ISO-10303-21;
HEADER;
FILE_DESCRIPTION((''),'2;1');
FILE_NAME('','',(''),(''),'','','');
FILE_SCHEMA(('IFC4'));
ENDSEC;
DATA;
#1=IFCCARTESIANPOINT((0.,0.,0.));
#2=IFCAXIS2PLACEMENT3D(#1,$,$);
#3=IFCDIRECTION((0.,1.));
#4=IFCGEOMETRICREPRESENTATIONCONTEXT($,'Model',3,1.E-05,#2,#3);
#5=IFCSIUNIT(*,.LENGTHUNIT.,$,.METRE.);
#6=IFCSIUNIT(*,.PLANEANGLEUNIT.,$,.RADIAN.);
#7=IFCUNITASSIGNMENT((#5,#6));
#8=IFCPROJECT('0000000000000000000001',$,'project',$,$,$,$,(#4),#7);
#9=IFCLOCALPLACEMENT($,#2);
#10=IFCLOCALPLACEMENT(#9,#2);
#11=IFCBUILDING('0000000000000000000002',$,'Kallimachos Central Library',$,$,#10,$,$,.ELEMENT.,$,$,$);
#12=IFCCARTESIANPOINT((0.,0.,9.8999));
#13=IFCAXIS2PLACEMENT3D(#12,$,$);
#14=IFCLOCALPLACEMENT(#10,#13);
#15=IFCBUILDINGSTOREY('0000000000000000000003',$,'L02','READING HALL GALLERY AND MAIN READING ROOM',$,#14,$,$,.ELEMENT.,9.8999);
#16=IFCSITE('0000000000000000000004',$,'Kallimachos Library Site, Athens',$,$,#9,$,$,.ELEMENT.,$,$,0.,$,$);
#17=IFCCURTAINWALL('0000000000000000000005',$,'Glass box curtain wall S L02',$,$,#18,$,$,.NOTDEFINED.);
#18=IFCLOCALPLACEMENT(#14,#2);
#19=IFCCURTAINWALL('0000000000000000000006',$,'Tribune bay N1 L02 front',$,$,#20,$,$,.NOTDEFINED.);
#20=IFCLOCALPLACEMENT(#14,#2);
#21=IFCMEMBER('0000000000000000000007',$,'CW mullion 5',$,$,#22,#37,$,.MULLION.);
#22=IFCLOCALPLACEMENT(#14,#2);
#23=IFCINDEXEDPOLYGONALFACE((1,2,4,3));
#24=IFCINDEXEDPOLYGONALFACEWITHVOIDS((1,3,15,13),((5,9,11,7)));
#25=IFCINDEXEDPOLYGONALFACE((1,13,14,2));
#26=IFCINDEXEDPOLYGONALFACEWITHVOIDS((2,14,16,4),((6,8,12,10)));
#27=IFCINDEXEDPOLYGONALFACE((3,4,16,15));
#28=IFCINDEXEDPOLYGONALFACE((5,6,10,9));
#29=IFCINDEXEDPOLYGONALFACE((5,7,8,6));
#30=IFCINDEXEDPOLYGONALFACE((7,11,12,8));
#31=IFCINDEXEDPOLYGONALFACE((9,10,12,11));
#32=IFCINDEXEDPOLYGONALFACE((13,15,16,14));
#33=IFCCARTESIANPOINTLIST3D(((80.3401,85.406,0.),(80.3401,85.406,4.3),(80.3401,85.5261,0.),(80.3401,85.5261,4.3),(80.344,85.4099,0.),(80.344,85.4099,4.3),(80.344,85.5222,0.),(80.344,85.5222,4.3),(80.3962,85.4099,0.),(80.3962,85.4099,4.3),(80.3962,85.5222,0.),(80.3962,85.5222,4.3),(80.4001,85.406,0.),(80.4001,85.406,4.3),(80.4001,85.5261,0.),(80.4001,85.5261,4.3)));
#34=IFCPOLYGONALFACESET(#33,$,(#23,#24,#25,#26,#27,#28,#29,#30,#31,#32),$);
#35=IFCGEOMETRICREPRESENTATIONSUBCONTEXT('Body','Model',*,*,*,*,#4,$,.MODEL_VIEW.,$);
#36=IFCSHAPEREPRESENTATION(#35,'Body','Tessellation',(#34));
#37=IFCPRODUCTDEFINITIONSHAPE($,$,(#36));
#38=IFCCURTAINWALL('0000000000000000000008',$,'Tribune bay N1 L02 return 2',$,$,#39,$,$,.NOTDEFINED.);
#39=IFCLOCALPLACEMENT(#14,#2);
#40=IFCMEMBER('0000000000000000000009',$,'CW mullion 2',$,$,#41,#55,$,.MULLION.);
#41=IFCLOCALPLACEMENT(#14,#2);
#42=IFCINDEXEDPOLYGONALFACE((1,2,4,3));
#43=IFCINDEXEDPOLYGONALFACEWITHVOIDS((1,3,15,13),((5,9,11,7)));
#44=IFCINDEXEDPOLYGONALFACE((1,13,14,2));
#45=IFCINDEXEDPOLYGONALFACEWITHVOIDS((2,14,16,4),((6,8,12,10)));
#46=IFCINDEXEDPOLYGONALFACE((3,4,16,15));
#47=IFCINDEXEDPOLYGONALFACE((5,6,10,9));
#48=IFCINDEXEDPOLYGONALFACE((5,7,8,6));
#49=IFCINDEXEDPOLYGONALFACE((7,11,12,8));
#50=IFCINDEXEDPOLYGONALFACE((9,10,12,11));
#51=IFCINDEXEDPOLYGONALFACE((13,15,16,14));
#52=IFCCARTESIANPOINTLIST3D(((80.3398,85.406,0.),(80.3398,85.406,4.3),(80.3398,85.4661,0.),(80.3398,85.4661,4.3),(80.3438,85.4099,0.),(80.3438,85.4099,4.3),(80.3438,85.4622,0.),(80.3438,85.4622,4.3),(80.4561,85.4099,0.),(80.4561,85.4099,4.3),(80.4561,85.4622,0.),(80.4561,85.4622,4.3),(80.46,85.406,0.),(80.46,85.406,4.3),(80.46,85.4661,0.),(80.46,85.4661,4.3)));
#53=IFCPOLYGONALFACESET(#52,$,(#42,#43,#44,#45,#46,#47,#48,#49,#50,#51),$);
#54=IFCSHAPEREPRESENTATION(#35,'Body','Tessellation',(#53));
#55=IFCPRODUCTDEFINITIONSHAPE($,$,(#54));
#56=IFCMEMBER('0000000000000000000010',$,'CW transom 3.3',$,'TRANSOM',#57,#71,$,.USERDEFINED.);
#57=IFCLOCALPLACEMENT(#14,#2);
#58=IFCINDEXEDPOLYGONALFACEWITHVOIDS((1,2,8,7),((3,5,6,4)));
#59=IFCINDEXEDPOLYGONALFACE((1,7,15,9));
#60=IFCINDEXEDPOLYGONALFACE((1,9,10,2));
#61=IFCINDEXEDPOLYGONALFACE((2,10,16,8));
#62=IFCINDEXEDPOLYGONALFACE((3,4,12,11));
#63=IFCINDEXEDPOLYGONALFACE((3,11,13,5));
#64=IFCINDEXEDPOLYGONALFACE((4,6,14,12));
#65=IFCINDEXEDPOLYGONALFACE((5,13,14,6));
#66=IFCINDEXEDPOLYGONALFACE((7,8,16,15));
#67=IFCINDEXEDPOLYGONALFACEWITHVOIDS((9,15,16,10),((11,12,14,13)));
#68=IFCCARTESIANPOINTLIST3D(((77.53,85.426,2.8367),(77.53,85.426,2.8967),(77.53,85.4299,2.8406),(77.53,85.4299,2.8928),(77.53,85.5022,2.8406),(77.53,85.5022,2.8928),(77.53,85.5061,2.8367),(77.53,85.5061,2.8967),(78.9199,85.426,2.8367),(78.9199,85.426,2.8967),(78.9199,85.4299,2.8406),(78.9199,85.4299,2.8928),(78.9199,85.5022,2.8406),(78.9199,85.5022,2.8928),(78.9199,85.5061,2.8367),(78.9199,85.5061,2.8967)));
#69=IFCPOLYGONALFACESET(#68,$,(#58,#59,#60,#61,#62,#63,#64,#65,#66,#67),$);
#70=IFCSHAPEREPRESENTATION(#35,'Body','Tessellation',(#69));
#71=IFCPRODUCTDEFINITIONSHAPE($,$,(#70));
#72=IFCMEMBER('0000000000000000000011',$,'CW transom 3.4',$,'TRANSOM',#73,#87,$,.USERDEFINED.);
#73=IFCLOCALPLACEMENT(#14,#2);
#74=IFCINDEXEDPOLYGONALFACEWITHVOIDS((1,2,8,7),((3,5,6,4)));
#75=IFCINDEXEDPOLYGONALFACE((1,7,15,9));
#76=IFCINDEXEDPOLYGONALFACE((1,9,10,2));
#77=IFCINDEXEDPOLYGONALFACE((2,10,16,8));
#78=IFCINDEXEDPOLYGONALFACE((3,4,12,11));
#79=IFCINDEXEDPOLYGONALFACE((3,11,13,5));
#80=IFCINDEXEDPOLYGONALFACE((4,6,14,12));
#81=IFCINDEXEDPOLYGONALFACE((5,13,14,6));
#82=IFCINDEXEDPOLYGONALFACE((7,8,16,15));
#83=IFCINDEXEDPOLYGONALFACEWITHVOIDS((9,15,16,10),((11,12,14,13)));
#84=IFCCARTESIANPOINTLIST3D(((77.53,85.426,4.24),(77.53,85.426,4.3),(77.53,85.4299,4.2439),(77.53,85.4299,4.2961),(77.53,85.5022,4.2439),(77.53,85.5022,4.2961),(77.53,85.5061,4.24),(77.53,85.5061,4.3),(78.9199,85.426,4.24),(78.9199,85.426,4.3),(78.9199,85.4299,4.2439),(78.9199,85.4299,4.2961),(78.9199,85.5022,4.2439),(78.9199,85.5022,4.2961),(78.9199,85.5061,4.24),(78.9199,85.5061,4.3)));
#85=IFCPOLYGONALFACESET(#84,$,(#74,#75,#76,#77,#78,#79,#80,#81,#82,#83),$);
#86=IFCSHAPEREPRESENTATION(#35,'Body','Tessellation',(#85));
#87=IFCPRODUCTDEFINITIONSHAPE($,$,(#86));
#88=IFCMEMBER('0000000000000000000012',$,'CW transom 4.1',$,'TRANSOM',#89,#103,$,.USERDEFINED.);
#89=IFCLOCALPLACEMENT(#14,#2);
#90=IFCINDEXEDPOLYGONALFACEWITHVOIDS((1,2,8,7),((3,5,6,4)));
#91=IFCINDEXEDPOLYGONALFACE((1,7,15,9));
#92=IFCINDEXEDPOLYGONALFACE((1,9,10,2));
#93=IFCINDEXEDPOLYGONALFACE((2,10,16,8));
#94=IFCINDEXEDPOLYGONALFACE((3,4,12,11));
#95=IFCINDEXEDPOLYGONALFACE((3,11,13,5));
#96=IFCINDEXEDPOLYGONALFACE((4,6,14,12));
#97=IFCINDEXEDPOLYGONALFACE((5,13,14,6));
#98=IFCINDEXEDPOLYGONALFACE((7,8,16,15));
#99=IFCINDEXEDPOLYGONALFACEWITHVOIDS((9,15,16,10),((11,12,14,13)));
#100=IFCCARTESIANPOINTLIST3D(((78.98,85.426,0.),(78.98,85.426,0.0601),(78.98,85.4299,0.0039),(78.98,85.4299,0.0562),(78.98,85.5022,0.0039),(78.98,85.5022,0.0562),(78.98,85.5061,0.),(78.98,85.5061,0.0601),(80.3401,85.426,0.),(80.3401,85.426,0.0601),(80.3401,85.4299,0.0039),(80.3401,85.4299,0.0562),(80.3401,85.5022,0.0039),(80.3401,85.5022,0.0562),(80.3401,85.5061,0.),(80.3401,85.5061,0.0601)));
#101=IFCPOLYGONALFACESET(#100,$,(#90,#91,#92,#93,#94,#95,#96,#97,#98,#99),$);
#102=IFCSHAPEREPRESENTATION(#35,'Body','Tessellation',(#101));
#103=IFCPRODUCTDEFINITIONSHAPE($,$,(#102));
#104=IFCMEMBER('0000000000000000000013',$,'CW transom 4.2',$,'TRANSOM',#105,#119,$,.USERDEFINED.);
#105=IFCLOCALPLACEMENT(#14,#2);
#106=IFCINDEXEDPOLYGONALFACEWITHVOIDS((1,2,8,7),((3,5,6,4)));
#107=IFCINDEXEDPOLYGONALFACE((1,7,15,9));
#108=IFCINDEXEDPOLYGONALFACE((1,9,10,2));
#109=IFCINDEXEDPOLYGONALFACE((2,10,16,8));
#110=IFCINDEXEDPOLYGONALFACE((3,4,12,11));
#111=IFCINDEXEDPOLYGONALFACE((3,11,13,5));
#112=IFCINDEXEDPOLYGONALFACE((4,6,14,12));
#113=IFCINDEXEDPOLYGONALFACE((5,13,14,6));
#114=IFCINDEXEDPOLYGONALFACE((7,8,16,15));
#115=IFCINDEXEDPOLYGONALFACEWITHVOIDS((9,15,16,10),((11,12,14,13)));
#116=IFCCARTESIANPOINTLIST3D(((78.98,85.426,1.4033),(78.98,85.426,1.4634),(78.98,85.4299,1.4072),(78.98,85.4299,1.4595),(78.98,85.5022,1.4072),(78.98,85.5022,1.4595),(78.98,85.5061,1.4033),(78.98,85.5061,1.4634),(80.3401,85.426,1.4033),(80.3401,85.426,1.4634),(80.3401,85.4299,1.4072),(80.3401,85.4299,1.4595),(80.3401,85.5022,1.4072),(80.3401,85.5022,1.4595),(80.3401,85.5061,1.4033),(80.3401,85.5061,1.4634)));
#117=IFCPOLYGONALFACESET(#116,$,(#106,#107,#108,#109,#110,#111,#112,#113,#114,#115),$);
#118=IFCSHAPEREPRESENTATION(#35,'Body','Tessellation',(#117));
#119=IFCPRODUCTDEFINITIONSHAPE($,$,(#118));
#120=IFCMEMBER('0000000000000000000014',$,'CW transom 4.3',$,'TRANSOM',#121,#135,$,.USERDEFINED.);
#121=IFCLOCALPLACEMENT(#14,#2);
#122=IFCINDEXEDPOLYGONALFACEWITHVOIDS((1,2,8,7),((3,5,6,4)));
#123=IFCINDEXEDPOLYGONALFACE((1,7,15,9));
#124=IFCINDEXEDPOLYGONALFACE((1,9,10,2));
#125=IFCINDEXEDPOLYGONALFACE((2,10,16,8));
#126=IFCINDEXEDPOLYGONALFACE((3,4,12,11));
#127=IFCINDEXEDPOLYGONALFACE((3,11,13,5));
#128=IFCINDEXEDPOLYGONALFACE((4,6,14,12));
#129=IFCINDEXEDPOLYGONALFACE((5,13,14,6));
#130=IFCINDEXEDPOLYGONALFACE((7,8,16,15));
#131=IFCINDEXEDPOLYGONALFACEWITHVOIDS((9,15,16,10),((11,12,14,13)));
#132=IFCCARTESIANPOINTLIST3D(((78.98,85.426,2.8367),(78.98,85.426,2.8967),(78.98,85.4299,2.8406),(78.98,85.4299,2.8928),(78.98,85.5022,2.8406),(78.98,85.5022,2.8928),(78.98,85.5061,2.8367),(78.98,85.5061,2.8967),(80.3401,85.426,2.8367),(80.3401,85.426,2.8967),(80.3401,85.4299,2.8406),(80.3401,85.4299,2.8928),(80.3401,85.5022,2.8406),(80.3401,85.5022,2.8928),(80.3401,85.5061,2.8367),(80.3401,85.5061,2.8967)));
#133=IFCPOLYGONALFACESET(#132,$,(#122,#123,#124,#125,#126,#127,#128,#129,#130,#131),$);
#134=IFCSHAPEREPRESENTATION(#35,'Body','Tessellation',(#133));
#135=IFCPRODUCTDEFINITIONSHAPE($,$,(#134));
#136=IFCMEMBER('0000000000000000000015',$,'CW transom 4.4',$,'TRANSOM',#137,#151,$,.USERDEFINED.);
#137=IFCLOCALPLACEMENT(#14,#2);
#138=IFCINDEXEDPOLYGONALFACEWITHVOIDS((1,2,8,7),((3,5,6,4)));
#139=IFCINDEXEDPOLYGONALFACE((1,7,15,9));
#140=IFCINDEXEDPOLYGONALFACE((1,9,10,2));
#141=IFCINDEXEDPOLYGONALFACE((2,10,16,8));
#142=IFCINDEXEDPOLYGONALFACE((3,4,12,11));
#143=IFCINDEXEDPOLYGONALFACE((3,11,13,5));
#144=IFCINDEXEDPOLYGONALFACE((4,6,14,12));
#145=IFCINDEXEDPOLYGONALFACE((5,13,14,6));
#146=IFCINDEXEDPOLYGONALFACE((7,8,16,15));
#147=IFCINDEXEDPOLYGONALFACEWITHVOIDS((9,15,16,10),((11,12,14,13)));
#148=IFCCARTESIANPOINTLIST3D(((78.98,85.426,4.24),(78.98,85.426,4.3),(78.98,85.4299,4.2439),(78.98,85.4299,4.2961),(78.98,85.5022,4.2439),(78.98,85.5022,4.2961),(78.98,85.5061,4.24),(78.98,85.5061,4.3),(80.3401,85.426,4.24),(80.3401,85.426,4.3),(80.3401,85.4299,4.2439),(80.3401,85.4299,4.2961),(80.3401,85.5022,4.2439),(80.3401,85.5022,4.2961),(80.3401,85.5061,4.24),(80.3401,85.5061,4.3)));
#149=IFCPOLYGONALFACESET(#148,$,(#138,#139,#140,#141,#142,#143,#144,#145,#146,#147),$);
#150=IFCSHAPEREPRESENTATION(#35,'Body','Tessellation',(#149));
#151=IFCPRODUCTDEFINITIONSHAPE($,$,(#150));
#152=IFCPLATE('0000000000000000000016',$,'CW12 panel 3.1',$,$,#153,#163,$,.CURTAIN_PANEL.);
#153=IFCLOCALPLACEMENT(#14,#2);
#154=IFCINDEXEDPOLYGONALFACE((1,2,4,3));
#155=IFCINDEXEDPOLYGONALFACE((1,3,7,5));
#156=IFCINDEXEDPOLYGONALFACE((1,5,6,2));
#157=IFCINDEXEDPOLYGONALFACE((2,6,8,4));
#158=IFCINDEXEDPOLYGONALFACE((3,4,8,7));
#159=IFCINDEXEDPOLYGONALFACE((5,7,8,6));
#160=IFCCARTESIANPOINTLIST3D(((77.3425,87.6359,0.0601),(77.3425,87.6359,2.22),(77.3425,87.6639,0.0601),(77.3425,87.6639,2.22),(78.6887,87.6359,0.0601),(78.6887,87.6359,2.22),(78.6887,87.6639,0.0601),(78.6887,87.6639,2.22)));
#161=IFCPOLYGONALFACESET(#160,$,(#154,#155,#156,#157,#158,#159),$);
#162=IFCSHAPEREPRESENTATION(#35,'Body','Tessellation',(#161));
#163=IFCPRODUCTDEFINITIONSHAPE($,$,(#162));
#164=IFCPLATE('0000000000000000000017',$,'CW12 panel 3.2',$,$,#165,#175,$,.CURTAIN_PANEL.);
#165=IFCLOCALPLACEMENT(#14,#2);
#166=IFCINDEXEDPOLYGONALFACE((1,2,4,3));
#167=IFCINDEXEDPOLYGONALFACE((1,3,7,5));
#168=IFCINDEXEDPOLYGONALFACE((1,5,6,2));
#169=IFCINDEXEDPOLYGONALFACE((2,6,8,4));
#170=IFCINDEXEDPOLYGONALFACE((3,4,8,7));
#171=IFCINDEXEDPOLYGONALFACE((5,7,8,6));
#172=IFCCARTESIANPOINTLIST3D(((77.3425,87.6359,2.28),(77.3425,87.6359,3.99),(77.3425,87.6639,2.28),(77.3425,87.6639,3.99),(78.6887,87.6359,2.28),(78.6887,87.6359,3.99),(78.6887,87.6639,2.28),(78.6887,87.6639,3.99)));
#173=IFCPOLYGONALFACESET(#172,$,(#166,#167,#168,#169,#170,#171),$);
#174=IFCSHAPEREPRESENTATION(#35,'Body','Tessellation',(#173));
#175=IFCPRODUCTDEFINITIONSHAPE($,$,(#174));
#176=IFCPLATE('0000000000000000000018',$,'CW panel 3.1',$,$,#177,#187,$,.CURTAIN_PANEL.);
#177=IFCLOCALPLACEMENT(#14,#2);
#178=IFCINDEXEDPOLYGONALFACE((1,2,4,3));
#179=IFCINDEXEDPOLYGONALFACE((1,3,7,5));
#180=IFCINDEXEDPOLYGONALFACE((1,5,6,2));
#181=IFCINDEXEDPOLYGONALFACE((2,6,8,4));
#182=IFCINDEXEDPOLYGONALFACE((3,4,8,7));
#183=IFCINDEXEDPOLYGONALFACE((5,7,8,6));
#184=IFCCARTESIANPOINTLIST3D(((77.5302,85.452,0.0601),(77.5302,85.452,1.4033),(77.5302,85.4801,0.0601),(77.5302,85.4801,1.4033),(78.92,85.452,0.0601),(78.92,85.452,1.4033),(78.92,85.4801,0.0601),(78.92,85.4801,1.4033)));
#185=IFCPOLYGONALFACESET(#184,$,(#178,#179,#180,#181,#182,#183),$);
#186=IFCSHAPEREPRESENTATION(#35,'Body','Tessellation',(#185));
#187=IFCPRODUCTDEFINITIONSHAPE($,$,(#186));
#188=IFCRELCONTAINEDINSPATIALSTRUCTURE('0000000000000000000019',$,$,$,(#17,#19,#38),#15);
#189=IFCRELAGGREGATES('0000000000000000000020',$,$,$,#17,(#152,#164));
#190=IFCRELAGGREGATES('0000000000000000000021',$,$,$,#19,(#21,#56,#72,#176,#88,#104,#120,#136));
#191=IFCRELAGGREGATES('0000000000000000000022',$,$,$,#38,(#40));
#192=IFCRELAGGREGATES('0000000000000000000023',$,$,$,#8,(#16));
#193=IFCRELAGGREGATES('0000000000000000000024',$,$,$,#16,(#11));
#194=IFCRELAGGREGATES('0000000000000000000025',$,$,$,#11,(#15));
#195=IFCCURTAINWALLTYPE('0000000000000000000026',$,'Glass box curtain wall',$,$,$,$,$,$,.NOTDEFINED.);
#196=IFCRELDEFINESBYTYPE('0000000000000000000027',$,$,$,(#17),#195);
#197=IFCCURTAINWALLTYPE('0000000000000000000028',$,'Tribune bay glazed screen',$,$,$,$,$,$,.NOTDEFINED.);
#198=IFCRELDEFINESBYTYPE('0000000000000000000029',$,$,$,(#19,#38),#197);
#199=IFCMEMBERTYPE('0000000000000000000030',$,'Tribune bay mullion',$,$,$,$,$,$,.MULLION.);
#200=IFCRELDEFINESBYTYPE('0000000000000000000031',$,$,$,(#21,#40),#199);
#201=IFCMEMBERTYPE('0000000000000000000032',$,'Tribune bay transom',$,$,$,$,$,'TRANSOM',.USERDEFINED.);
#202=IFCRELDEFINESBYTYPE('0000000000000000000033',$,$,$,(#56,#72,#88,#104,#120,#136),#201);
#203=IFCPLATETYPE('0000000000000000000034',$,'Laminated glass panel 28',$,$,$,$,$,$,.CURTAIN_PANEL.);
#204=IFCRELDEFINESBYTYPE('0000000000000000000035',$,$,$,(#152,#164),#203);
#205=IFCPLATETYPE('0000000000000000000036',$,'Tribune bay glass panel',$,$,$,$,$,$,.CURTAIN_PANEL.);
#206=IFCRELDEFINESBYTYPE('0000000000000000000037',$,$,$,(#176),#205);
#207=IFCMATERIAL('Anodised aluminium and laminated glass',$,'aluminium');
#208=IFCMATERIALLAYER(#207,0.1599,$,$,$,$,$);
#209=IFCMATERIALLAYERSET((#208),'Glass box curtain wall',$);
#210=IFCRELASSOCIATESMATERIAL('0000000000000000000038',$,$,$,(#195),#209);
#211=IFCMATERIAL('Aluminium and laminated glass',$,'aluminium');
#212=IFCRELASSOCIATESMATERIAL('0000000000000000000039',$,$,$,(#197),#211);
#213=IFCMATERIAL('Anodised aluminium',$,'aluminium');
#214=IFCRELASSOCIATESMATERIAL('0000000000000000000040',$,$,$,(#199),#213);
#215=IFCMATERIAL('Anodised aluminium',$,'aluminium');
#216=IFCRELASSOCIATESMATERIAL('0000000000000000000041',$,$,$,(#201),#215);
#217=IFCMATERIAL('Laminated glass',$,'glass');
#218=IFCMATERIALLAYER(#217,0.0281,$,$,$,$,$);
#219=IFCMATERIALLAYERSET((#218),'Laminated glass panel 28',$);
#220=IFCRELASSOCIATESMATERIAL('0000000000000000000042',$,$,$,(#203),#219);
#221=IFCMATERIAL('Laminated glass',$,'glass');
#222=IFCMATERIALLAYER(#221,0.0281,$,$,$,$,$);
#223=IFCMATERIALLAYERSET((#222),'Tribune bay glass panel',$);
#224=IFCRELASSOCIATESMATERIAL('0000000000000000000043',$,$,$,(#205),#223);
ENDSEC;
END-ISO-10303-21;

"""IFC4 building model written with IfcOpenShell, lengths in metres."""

from ifc_helpers import new_model, si_unit, direction, frame, origin, origin_2d, place, context, subcontext, project, spatial, rectangle, hollow_rectangle, extrude, material, layer, layer_set, material_profile, profile_set, type_object, element, aggregate, save


model = new_model("IFC4")

# Units and contexts
model_context = context("Model", 3, precision=1e-05, world=origin(), true_north=direction((0.0, 1.0)))
body_context = subcontext(model_context, "Body", "Model", "MODEL_VIEW")
ifc_project = project(units=[si_unit("LENGTHUNIT", "METRE"), si_unit("PLANEANGLEUNIT", "RADIAN")], contexts=[model_context])

# Site, building, storey
site_placement = place(None, origin())
site = spatial("IfcSite", under=ifc_project, at=site_placement, Name="Kallimachos Library Site, Athens", CompositionType="ELEMENT", RefElevation=0.0)
building_placement = place(site_placement, origin())
building = spatial("IfcBuilding", under=site, at=building_placement, Name="Kallimachos Central Library", CompositionType="ELEMENT")
storey_placement = place(building_placement, frame((0.0, 0.0, 9.8999)))
storey = spatial("IfcBuildingStorey", under=building, at=storey_placement, Name="L02", Description="READING HALL GALLERY AND MAIN READING ROOM", CompositionType="ELEMENT", Elevation=9.8999)

# Curtain wall
ifc_material_1 = material(Name="Anodised aluminium and laminated glass", Category="aluminium")
ifc_layer_1 = layer(ifc_material_1, 0.1599)
ifc_layer_set_1 = layer_set([ifc_layer_1], Name="Glass box curtain wall")
curtain_wall_type_1 = type_object("IfcCurtainWallType", Name="Glass box curtain wall", PredefinedType="NOTDEFINED", material=ifc_layer_set_1)
curtain_wall_1_placement = place(storey_placement, origin())
curtain_wall_1 = element("IfcCurtainWall", 1, at=curtain_wall_1_placement, inside=storey, type_object=curtain_wall_type_1, Name="Glass box curtain wall S L02", PredefinedType="NOTDEFINED")

# Curtain wall, member
ifc_material_2 = material(Name="Aluminium and laminated glass", Category="aluminium")
curtain_wall_type_2 = type_object("IfcCurtainWallType", Name="Tribune bay glazed screen", PredefinedType="NOTDEFINED", material=ifc_material_2)
curtain_wall_2_placement = place(storey_placement, origin())
curtain_wall_2 = element("IfcCurtainWall", 2, at=curtain_wall_2_placement, inside=storey, type_object=curtain_wall_type_2, Name="Tribune bay N1 L02 front", PredefinedType="NOTDEFINED")
ifc_material_3 = material(Name="Anodised aluminium", Category="aluminium")
ifc_material_profile_1 = material_profile(ifc_material_3, hollow_rectangle(XDim=0.0601, YDim=0.1201, WallThickness=0.0039, at=origin_2d()), Name="ALU MULLION 60x120")
ifc_profile_set_1 = profile_set([ifc_material_profile_1], Name="Anodised aluminium")
member_type_1 = type_object("IfcMemberType", Name="Tribune bay mullion", PredefinedType="MULLION", material=ifc_profile_set_1)
member_1_placement = place(storey_placement, frame((80.3701, 85.4661, 0.0), z_axis=(0.0, 0.0, 1.0), x_axis=(1.0, 0.0, 0.0)))
member_1 = element("IfcMember", 3, at=member_1_placement, type_object=member_type_1, Name="CW mullion 5", PredefinedType="MULLION", context=body_context, shape_type="SweptSolid", body=[
    extrude(hollow_rectangle(XDim=0.0601, YDim=0.1201, WallThickness=0.0039, at=origin_2d()), origin(), (0.0, 0.0, 1.0), 4.3),
])

# Curtain wall, member
curtain_wall_3_placement = place(storey_placement, origin())
curtain_wall_3 = element("IfcCurtainWall", 4, at=curtain_wall_3_placement, inside=storey, type_object=curtain_wall_type_2, Name="Tribune bay N1 L02 return 2", PredefinedType="NOTDEFINED")
member_2_placement = place(storey_placement, frame((80.3999, 85.436, 0.0), z_axis=(0.0, 0.0, 1.0), x_axis=(0.0, 1.0, 0.0)))
member_2 = element("IfcMember", 5, at=member_2_placement, type_object=member_type_1, Name="CW mullion 2", PredefinedType="MULLION", context=body_context, shape_type="SweptSolid", body=[
    extrude(hollow_rectangle(XDim=0.0601, YDim=0.1201, WallThickness=0.0039, at=origin_2d()), origin(), (0.0, 0.0, 1.0), 4.3),
])

# Members
ifc_material_4 = material(Name="Anodised aluminium", Category="aluminium")
ifc_material_profile_2 = material_profile(ifc_material_4, hollow_rectangle(XDim=0.0601, YDim=0.0801, WallThickness=0.0039, at=origin_2d()), Name="ALU TRANSOM 60x80")
ifc_profile_set_2 = profile_set([ifc_material_profile_2], Name="Anodised aluminium")
member_type_2 = type_object("IfcMemberType", Name="Tribune bay transom", ElementType="TRANSOM", PredefinedType="USERDEFINED", material=ifc_profile_set_2)
member_3_placement = place(storey_placement, frame((77.53, 85.4661, 2.8667), z_axis=(1.0, 0.0, 0.0), x_axis=(0.0, 0.0, 1.0)))
member_3 = element("IfcMember", 6, at=member_3_placement, type_object=member_type_2, Name="CW transom 3.3", ObjectType="TRANSOM", PredefinedType="USERDEFINED", context=body_context, shape_type="SweptSolid", body=[
    extrude(hollow_rectangle(XDim=0.0601, YDim=0.0801, WallThickness=0.0039, at=origin_2d()), origin(), (0.0, 0.0, 1.0), 1.3899),
])
member_4_placement = place(storey_placement, frame((77.53, 85.4661, 4.27), z_axis=(1.0, 0.0, 0.0), x_axis=(0.0, 0.0, 1.0)))
member_4 = element("IfcMember", 7, at=member_4_placement, type_object=member_type_2, Name="CW transom 3.4", ObjectType="TRANSOM", PredefinedType="USERDEFINED", context=body_context, shape_type="SweptSolid", body=[
    extrude(hollow_rectangle(XDim=0.0601, YDim=0.0801, WallThickness=0.0039, at=origin_2d()), origin(), (0.0, 0.0, 1.0), 1.3899),
])
member_5_placement = place(storey_placement, frame((78.98, 85.4661, 0.03), z_axis=(1.0, 0.0, 0.0), x_axis=(0.0, 0.0, 1.0)))
member_5 = element("IfcMember", 8, at=member_5_placement, type_object=member_type_2, Name="CW transom 4.1", ObjectType="TRANSOM", PredefinedType="USERDEFINED", context=body_context, shape_type="SweptSolid", body=[
    extrude(hollow_rectangle(XDim=0.0601, YDim=0.0801, WallThickness=0.0039, at=origin_2d()), origin(), (0.0, 0.0, 1.0), 1.3601),
])
member_6_placement = place(storey_placement, frame((78.98, 85.4661, 1.4333), z_axis=(1.0, 0.0, 0.0), x_axis=(0.0, 0.0, 1.0)))
member_6 = element("IfcMember", 9, at=member_6_placement, type_object=member_type_2, Name="CW transom 4.2", ObjectType="TRANSOM", PredefinedType="USERDEFINED", context=body_context, shape_type="SweptSolid", body=[
    extrude(hollow_rectangle(XDim=0.0601, YDim=0.0801, WallThickness=0.0039, at=origin_2d()), origin(), (0.0, 0.0, 1.0), 1.3601),
])
member_7_placement = place(storey_placement, frame((78.98, 85.4661, 2.8667), z_axis=(1.0, 0.0, 0.0), x_axis=(0.0, 0.0, 1.0)))
member_7 = element("IfcMember", 10, at=member_7_placement, type_object=member_type_2, Name="CW transom 4.3", ObjectType="TRANSOM", PredefinedType="USERDEFINED", context=body_context, shape_type="SweptSolid", body=[
    extrude(hollow_rectangle(XDim=0.0601, YDim=0.0801, WallThickness=0.0039, at=origin_2d()), origin(), (0.0, 0.0, 1.0), 1.3601),
])
member_8_placement = place(storey_placement, frame((78.98, 85.4661, 4.27), z_axis=(1.0, 0.0, 0.0), x_axis=(0.0, 0.0, 1.0)))
member_8 = element("IfcMember", 11, at=member_8_placement, type_object=member_type_2, Name="CW transom 4.4", ObjectType="TRANSOM", PredefinedType="USERDEFINED", context=body_context, shape_type="SweptSolid", body=[
    extrude(hollow_rectangle(XDim=0.0601, YDim=0.0801, WallThickness=0.0039, at=origin_2d()), origin(), (0.0, 0.0, 1.0), 1.3601),
])

# Plates
ifc_material_5 = material(Name="Laminated glass", Category="glass")
ifc_layer_2 = layer(ifc_material_5, 0.0281)
ifc_layer_set_2 = layer_set([ifc_layer_2], Name="Laminated glass panel 28")
plate_type_1 = type_object("IfcPlateType", Name="Laminated glass panel 28", PredefinedType="CURTAIN_PANEL", material=ifc_layer_set_2)
plate_1_placement = place(storey_placement, frame((78.0156, 87.6499, 0.0601), z_axis=(0.0, 0.0, 1.0), x_axis=(1.0, 0.0, 0.0)))
plate_1 = element("IfcPlate", 12, at=plate_1_placement, type_object=plate_type_1, Name="CW12 panel 3.1", PredefinedType="CURTAIN_PANEL", context=body_context, shape_type="SweptSolid", body=[
    extrude(rectangle(XDim=1.3462, YDim=0.0281, at=origin_2d()), origin(), (0.0, 0.0, 1.0), 2.1599),
])
plate_2_placement = place(storey_placement, frame((78.0156, 87.6499, 2.28), z_axis=(0.0, 0.0, 1.0), x_axis=(1.0, 0.0, 0.0)))
plate_2 = element("IfcPlate", 13, at=plate_2_placement, type_object=plate_type_1, Name="CW12 panel 3.2", PredefinedType="CURTAIN_PANEL", context=body_context, shape_type="SweptSolid", body=[
    extrude(rectangle(XDim=1.3462, YDim=0.0281, at=origin_2d()), origin(), (0.0, 0.0, 1.0), 1.71),
])
aggregate(curtain_wall_1, [plate_1, plate_2])
ifc_material_6 = material(Name="Laminated glass", Category="glass")
ifc_layer_3 = layer(ifc_material_6, 0.0281)
ifc_layer_set_3 = layer_set([ifc_layer_3], Name="Tribune bay glass panel")
plate_type_2 = type_object("IfcPlateType", Name="Tribune bay glass panel", PredefinedType="CURTAIN_PANEL", material=ifc_layer_set_3)
plate_3_placement = place(storey_placement, frame((78.2251, 85.4661, 0.0601), z_axis=(0.0, 0.0, 1.0), x_axis=(1.0, 0.0, 0.0)))
plate_3 = element("IfcPlate", 14, at=plate_3_placement, type_object=plate_type_2, Name="CW panel 3.1", PredefinedType="CURTAIN_PANEL", context=body_context, shape_type="SweptSolid", body=[
    extrude(rectangle(XDim=1.3899, YDim=0.0281, at=origin_2d()), origin(), (0.0, 0.0, 1.0), 1.3433),
])
aggregate(curtain_wall_2, [member_1, member_3, member_4, plate_3, member_5, member_6, member_7, member_8])
aggregate(curtain_wall_3, [member_2])

save(model, "model.ifc")
